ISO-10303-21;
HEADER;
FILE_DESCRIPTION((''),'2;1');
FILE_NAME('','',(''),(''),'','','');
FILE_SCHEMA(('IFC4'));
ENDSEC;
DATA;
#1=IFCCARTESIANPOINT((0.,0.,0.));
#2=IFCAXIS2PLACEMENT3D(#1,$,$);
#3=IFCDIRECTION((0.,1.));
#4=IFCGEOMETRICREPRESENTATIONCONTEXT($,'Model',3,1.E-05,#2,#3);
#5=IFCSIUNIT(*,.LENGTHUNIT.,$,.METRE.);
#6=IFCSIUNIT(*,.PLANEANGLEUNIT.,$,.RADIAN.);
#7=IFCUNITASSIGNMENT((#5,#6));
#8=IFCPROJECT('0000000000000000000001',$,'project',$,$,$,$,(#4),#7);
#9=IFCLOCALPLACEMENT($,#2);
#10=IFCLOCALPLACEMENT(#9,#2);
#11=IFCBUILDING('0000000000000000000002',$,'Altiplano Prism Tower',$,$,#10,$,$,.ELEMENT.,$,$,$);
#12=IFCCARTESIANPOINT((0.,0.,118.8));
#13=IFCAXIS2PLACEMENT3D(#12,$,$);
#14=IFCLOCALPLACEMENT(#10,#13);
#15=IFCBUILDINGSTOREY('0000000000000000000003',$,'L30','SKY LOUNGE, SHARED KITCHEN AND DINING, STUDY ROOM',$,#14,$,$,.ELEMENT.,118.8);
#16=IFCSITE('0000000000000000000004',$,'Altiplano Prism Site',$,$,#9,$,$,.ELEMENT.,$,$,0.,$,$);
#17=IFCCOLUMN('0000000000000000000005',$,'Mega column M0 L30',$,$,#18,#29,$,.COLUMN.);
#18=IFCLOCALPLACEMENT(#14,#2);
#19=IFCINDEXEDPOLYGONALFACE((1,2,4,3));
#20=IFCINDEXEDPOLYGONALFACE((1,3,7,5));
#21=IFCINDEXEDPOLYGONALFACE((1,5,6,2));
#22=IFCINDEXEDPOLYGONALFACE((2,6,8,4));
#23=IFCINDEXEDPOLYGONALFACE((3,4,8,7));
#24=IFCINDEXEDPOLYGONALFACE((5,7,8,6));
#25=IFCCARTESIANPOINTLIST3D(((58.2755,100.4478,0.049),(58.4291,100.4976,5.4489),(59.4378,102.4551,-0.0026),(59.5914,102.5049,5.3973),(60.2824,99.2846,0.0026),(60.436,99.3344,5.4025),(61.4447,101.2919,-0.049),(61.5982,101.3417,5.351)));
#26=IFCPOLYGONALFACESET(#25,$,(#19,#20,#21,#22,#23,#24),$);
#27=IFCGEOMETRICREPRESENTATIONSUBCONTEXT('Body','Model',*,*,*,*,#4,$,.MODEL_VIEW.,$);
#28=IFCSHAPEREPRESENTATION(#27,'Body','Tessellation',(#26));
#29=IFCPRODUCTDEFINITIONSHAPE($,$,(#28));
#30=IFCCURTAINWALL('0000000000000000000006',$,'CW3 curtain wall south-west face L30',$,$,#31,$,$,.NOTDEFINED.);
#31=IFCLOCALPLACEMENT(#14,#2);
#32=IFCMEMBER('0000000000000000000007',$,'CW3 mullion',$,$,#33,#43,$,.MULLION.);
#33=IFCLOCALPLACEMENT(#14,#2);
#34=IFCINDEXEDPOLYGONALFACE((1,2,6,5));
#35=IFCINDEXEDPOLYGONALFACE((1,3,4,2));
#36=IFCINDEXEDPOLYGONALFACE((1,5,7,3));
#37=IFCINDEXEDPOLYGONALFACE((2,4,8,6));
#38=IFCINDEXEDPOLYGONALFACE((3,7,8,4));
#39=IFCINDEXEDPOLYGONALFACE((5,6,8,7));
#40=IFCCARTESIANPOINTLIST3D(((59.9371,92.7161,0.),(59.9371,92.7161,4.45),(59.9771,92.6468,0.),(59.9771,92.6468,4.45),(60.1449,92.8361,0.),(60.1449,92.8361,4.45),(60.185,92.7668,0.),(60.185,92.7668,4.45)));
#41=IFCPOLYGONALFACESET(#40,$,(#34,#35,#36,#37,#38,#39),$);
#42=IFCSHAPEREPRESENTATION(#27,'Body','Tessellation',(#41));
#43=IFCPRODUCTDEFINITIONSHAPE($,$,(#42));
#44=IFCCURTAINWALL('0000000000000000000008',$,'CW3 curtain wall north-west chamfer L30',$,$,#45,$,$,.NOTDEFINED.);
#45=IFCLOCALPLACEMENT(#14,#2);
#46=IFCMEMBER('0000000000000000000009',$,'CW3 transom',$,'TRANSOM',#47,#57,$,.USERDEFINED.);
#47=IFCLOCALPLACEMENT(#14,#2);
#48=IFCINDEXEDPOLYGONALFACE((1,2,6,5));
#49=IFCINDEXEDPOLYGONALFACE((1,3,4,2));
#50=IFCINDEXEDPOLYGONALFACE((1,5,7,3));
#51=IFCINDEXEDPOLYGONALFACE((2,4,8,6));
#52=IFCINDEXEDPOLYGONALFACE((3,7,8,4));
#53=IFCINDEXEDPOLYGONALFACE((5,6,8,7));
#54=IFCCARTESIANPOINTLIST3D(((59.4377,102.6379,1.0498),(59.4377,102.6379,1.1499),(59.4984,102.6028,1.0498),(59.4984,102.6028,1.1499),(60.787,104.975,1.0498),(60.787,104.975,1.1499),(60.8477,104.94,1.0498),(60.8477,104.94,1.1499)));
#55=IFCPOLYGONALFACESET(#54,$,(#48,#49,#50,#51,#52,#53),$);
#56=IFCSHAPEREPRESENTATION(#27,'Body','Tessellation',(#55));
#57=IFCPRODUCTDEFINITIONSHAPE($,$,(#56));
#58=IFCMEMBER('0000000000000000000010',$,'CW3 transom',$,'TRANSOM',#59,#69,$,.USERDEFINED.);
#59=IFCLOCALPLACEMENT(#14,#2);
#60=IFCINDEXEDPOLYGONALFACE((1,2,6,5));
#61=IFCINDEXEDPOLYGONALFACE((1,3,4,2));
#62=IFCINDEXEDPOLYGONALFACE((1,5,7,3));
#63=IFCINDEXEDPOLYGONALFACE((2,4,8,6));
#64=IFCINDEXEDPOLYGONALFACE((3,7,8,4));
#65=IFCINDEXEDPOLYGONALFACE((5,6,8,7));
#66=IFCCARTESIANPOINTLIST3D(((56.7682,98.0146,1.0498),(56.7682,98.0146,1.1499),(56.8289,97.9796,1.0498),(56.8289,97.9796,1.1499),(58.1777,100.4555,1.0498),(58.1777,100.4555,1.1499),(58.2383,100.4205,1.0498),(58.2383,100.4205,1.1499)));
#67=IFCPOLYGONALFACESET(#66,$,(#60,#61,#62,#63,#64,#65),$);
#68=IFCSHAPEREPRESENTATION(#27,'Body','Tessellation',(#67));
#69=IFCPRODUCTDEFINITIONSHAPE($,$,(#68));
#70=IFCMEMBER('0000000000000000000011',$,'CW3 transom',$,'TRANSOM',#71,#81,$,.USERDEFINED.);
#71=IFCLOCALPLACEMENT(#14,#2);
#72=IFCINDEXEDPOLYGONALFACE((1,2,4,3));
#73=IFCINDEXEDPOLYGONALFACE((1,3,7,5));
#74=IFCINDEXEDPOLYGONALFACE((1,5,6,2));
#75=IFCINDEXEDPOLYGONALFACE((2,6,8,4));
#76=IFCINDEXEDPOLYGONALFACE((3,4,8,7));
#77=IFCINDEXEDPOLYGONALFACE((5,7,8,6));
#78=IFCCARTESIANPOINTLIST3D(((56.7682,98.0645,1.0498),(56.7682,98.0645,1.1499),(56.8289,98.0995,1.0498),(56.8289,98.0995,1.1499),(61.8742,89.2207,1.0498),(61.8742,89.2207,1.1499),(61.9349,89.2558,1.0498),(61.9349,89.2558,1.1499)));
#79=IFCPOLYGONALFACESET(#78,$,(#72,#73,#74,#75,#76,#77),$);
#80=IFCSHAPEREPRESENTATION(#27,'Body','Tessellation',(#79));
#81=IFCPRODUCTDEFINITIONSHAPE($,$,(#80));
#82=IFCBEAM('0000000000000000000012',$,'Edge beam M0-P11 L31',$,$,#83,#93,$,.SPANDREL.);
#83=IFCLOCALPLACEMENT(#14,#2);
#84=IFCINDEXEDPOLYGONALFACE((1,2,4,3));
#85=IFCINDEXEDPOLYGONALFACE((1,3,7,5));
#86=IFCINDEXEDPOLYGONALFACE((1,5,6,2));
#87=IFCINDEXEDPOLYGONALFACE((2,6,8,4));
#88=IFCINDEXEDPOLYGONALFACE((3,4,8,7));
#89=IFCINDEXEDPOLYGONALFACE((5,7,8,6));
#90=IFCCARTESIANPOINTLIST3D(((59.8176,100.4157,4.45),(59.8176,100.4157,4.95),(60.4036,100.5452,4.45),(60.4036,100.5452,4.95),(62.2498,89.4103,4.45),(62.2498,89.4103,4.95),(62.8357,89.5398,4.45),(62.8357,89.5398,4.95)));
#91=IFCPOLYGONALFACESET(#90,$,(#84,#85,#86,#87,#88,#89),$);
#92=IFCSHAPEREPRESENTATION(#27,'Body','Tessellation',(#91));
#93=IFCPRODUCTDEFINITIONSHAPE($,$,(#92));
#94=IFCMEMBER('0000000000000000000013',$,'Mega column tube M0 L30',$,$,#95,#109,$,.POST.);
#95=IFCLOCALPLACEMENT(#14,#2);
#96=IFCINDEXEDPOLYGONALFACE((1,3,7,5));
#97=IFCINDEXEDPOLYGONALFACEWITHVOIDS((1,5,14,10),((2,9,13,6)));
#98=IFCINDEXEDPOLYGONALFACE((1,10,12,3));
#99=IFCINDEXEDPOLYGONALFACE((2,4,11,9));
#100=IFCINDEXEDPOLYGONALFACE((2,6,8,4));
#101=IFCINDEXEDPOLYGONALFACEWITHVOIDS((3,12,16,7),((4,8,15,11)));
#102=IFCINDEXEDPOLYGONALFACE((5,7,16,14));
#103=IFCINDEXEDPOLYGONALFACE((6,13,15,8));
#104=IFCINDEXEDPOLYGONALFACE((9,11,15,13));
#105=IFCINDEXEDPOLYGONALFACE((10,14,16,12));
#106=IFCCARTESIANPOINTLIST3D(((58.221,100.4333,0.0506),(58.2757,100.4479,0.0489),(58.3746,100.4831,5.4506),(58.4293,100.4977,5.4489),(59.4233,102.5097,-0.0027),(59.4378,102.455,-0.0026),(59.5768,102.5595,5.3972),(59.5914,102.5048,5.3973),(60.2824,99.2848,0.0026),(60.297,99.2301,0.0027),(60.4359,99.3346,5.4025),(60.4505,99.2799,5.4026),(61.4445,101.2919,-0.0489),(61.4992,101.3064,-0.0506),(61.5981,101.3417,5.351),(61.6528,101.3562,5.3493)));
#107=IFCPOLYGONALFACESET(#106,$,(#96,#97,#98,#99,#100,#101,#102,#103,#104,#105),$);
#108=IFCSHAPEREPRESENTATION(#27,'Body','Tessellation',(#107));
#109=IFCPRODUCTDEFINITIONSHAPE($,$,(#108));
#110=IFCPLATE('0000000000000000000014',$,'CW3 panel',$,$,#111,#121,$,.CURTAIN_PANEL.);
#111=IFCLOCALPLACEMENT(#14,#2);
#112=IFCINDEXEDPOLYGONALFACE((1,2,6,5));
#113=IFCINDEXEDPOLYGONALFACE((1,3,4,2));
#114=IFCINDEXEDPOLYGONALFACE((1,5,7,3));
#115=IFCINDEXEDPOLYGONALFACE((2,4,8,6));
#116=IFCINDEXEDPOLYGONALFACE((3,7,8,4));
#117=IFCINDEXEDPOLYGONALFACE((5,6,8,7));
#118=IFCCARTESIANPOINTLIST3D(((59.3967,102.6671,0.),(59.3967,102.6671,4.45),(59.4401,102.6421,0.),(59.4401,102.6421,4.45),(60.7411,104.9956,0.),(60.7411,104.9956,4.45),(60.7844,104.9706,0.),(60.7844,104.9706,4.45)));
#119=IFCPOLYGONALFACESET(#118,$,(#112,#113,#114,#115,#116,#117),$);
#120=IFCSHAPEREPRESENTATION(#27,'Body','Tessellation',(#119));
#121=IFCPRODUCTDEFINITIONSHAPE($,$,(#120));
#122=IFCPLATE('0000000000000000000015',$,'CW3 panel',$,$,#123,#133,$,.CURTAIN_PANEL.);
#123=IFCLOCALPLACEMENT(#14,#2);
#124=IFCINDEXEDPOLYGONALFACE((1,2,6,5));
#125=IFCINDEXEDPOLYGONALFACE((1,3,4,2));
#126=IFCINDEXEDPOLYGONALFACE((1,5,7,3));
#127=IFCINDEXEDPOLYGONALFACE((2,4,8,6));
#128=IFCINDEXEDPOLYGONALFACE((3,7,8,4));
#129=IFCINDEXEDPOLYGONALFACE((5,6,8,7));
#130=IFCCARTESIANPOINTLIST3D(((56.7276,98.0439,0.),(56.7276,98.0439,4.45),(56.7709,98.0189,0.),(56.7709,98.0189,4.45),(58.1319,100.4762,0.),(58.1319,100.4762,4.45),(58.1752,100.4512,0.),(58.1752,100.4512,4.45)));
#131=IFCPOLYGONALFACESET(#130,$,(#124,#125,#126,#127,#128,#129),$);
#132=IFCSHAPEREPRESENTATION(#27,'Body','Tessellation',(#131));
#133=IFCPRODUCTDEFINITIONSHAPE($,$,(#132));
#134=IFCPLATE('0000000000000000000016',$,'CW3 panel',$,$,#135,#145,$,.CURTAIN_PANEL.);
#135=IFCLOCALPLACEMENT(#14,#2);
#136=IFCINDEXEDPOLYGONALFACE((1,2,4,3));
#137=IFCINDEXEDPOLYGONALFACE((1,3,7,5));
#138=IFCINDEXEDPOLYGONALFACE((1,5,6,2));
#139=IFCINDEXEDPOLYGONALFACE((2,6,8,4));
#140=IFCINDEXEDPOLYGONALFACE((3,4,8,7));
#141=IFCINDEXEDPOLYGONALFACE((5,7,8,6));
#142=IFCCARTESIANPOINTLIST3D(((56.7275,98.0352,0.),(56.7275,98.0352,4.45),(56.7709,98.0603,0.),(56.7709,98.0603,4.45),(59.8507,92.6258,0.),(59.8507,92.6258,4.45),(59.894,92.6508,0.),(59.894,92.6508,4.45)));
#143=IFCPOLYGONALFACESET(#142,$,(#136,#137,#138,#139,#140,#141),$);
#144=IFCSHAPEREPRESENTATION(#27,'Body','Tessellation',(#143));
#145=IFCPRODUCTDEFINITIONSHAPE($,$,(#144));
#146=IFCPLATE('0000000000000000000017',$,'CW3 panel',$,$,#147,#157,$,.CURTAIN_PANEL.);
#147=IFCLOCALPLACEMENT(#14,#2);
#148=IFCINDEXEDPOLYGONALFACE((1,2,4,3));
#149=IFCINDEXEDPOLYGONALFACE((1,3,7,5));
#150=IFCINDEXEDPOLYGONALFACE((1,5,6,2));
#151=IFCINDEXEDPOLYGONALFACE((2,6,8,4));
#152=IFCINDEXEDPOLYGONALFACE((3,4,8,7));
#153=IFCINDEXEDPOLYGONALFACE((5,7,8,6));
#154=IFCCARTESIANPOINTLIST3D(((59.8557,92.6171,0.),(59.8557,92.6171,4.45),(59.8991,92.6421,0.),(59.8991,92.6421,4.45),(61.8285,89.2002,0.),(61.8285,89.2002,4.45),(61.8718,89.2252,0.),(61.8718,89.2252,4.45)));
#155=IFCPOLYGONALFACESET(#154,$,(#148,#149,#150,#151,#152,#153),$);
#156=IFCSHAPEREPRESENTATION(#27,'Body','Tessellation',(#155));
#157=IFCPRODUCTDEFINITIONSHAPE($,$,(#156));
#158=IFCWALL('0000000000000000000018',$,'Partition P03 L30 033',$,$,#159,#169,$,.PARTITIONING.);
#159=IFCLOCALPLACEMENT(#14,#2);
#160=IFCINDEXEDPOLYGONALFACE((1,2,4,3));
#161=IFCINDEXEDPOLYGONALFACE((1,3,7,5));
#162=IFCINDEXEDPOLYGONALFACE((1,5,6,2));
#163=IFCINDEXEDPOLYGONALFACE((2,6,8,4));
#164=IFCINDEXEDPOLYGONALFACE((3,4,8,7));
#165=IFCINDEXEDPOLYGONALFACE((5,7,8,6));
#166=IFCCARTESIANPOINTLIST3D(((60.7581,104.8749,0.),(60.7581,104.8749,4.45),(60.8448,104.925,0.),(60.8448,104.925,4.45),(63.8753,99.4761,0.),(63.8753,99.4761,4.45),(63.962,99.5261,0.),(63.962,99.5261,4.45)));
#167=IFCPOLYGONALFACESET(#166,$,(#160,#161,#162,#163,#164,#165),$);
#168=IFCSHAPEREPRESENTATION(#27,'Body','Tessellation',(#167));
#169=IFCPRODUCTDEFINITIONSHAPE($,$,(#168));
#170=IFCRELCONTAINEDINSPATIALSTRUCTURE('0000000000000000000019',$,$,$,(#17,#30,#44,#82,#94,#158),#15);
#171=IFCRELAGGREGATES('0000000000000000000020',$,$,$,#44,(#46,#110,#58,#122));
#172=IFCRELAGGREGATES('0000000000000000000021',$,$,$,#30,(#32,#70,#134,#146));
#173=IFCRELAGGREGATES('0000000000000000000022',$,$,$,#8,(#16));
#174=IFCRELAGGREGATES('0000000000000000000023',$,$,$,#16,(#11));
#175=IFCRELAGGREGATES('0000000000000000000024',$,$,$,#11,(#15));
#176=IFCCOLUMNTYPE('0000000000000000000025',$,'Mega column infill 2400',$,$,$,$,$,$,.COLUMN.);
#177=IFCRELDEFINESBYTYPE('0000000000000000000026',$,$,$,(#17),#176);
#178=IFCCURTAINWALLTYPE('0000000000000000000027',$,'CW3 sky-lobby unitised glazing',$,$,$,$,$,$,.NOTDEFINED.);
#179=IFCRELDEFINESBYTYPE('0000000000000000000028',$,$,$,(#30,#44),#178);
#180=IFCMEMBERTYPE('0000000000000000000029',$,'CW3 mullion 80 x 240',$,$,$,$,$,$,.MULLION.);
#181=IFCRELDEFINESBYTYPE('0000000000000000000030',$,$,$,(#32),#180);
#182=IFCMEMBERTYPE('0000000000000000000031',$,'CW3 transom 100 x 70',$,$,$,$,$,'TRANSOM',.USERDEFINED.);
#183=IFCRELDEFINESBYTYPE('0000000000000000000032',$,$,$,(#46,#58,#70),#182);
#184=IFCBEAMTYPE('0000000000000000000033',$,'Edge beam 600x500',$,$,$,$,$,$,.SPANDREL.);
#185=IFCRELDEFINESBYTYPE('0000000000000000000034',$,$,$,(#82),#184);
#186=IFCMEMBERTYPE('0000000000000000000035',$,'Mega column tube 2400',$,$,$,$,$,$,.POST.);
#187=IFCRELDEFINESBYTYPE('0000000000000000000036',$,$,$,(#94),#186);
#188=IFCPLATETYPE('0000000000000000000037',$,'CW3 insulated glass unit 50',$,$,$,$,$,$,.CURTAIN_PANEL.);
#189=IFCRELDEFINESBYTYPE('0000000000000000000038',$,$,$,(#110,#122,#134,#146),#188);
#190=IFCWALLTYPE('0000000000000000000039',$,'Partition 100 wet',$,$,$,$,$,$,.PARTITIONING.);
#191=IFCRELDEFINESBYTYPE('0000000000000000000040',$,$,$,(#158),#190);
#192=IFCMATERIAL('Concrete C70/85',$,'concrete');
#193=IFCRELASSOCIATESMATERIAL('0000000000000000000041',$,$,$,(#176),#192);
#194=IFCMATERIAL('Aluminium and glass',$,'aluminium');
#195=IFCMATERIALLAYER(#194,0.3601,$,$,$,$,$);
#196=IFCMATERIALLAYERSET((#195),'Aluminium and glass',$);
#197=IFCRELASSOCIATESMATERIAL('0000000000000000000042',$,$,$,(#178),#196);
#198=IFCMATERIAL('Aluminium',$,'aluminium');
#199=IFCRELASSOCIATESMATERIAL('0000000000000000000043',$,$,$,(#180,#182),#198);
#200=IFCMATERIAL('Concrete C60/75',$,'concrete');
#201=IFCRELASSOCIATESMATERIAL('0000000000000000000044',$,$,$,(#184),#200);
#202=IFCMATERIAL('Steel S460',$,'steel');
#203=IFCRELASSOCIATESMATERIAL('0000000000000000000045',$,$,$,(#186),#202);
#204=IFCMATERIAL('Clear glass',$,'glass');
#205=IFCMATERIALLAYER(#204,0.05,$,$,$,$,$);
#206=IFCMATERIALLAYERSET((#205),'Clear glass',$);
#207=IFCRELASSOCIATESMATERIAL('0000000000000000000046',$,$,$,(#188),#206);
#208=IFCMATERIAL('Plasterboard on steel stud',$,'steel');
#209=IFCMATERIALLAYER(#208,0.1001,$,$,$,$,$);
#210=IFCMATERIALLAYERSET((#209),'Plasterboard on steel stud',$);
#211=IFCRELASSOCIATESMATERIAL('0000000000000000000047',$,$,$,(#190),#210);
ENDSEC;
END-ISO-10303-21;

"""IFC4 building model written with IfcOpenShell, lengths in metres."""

from ifc_helpers import new_model, si_unit, direction, frame, frame_2d, origin, origin_2d, place, context, subcontext, project, spatial, rectangle, hollow_rectangle, extrude, material, layer, layer_set, material_profile, profile_set, type_object, element, aggregate, save


model = new_model("IFC4")

# Units and contexts
model_context = context("Model", 3, precision=1e-05, world=origin(), true_north=direction((0.0, 1.0)))
body_context = subcontext(model_context, "Body", "Model", "MODEL_VIEW")
ifc_project = project(units=[si_unit("LENGTHUNIT", "METRE"), si_unit("PLANEANGLEUNIT", "RADIAN")], contexts=[model_context])

# Site, building, storey
site_placement = place(None, origin())
site = spatial("IfcSite", under=ifc_project, at=site_placement, Name="Altiplano Prism Site", CompositionType="ELEMENT", RefElevation=0.0)
building_placement = place(site_placement, origin())
building = spatial("IfcBuilding", under=site, at=building_placement, Name="Altiplano Prism Tower", CompositionType="ELEMENT")
storey_placement = place(building_placement, frame((0.0, 0.0, 118.8)))
storey = spatial("IfcBuildingStorey", under=building, at=storey_placement, Name="L30", Description="SKY LOUNGE, SHARED KITCHEN AND DINING, STUDY ROOM", CompositionType="ELEMENT", Elevation=118.8)

# Column
ifc_material_1 = material(Name="Concrete C70/85", Category="concrete")
ifc_material_profile_1 = material_profile(ifc_material_1, rectangle(XDim=2.3201, YDim=2.3201, at=origin_2d()), Name="Mega column infill 2400")
ifc_profile_set_1 = profile_set([ifc_material_profile_1], Name="Concrete C70/85")
column_type = type_object("IfcColumnType", Name="Mega column infill 2400", PredefinedType="COLUMN", material=ifc_profile_set_1)
column_placement = place(storey_placement, frame((59.8601, 100.8699, 0.0), z_axis=(0.028426, 0.009219, 0.999553), x_axis=(-0.865006, 0.501364, 0.019975)))
element("IfcColumn", 1, at=column_placement, inside=storey, type_object=column_type, Name="Mega column M0 L30", PredefinedType="COLUMN", context=body_context, shape_type="SweptSolid", body=[
    extrude(rectangle(XDim=2.3201, YDim=2.3201, at=origin_2d()), origin(), (0.0, 0.0, 1.0), 5.4023),
])

# Curtain wall, member
ifc_material_2 = material(Name="Aluminium and glass", Category="aluminium")
ifc_layer_1 = layer(ifc_material_2, 0.3601)
ifc_layer_set_1 = layer_set([ifc_layer_1], Name="Aluminium and glass")
curtain_wall_type = type_object("IfcCurtainWallType", Name="CW3 sky-lobby unitised glazing", PredefinedType="NOTDEFINED", material=ifc_layer_set_1)
curtain_wall_1_placement = place(storey_placement, origin())
curtain_wall_1 = element("IfcCurtainWall", 2, at=curtain_wall_1_placement, inside=storey, type_object=curtain_wall_type, Name="CW3 curtain wall south-west face L30", PredefinedType="NOTDEFINED")
ifc_material_3 = material(Name="Aluminium", Category="aluminium")
ifc_material_profile_2 = material_profile(ifc_material_3, rectangle(XDim=0.24, YDim=0.0801, at=origin_2d()), Name="CW3 mullion 80 x 240")
ifc_profile_set_2 = profile_set([ifc_material_profile_2], Name="Aluminium")
member_type_1 = type_object("IfcMemberType", Name="CW3 mullion 80 x 240", PredefinedType="MULLION", material=ifc_profile_set_2)
member_1_placement = place(storey_placement, frame((60.061, 92.7415, 0.0), z_axis=(0.0, 0.0, 1.0), x_axis=(0.866025, 0.5, 0.0)))
member_1 = element("IfcMember", 3, at=member_1_placement, type_object=member_type_1, Name="CW3 mullion", PredefinedType="MULLION", context=body_context, shape_type="SweptSolid", body=[
    extrude(rectangle(XDim=0.24, YDim=0.0801, at=origin_2d()), origin(), (0.0, 0.0, 1.0), 4.45),
])

# Curtain wall, members
curtain_wall_2_placement = place(storey_placement, origin())
curtain_wall_2 = element("IfcCurtainWall", 4, at=curtain_wall_2_placement, inside=storey, type_object=curtain_wall_type, Name="CW3 curtain wall north-west chamfer L30", PredefinedType="NOTDEFINED")
ifc_material_profile_3 = material_profile(ifc_material_3, rectangle(XDim=0.0701, YDim=0.1001, at=origin_2d()), Name="CW3 transom 100 x 70")
ifc_profile_set_3 = profile_set([ifc_material_profile_3], Name="Aluminium")
member_type_2 = type_object("IfcMemberType", Name="CW3 transom 100 x 70", ElementType="TRANSOM", PredefinedType="USERDEFINED", material=ifc_profile_set_3)
member_2_placement = place(storey_placement, frame((60.8174, 104.9575, 1.0999), z_axis=(-0.500002, -0.866024, 0.0), x_axis=(0.866024, -0.500002, 0.0)))
member_2 = element("IfcMember", 5, at=member_2_placement, type_object=member_type_2, Name="CW3 transom", ObjectType="TRANSOM", PredefinedType="USERDEFINED", context=body_context, shape_type="SweptSolid", body=[
    extrude(rectangle(XDim=0.0701, YDim=0.1001, at=origin_2d()), origin(), (0.0, 0.0, 1.0), 2.6987),
])
member_3_placement = place(storey_placement, frame((58.208, 100.438, 1.0999), z_axis=(-0.500042, -0.866001, 0.0), x_axis=(0.866001, -0.500042, 0.0)))
member_3 = element("IfcMember", 6, at=member_3_placement, type_object=member_type_2, Name="CW3 transom", ObjectType="TRANSOM", PredefinedType="USERDEFINED", context=body_context, shape_type="SweptSolid", body=[
    extrude(rectangle(XDim=0.0701, YDim=0.1001, at=origin_2d()), origin(), (0.0, 0.0, 1.0), 2.8186),
])

# Member
member_4_placement = place(storey_placement, frame((56.7986, 98.082, 1.0999), z_axis=(0.500001, -0.866025, 0.0), x_axis=(0.866025, 0.500001, 0.0)))
member_4 = element("IfcMember", 7, at=member_4_placement, type_object=member_type_2, Name="CW3 transom", ObjectType="TRANSOM", PredefinedType="USERDEFINED", context=body_context, shape_type="SweptSolid", body=[
    extrude(rectangle(XDim=0.0701, YDim=0.1001, at=origin_2d()), origin(), (0.0, 0.0, 1.0), 10.2119),
])

# Beam
ifc_material_4 = material(Name="Concrete C60/75", Category="concrete")
ifc_material_profile_4 = material_profile(ifc_material_4, rectangle(XDim=0.6001, YDim=0.5, at=origin_2d()), Name="Edge beam 600x500")
ifc_profile_set_4 = profile_set([ifc_material_profile_4], Name="Concrete C60/75")
beam_type = type_object("IfcBeamType", Name="Edge beam 600x500", PredefinedType="SPANDREL", material=ifc_profile_set_4)
beam_placement = place(storey_placement, frame((60.1106, 100.4805, 4.7), z_axis=(0.215788, -0.97644, 0.0), x_axis=(0.97644, 0.215788, 0.0)))
element("IfcBeam", 8, at=beam_placement, inside=storey, type_object=beam_type, Name="Edge beam M0-P11 L31", PredefinedType="SPANDREL", context=body_context, shape_type="SweptSolid", body=[
    extrude(rectangle(XDim=0.6001, YDim=0.5, at=origin_2d()), origin(), (0.0, 0.0, 1.0), 11.271),
])

# Member
ifc_material_5 = material(Name="Steel S460", Category="steel")
ifc_material_profile_5 = material_profile(ifc_material_5, hollow_rectangle(XDim=2.3999, YDim=2.3999, WallThickness=0.04, at=origin_2d()), Name="Mega column tube 2400")
ifc_profile_set_5 = profile_set([ifc_material_profile_5], Name="Steel S460")
member_type_3 = type_object("IfcMemberType", Name="Mega column tube 2400", PredefinedType="POST", material=ifc_profile_set_5)
member_5_placement = place(storey_placement, frame((59.8601, 100.8699, 0.0), z_axis=(0.028426, 0.009219, 0.999553), x_axis=(-0.865006, 0.501364, 0.019975)))
element("IfcMember", 9, at=member_5_placement, inside=storey, type_object=member_type_3, Name="Mega column tube M0 L30", PredefinedType="POST", context=body_context, shape_type="SweptSolid", body=[
    extrude(hollow_rectangle(XDim=2.3999, YDim=2.3999, WallThickness=0.04, at=origin_2d()), origin(), (0.0, 0.0, 1.0), 5.4023),
])

# Plates
ifc_material_6 = material(Name="Clear glass", Category="glass")
ifc_layer_2 = layer(ifc_material_6, 0.05)
ifc_layer_set_2 = layer_set([ifc_layer_2], Name="Clear glass")
plate_type = type_object("IfcPlateType", Name="CW3 insulated glass unit 50", PredefinedType="CURTAIN_PANEL", material=ifc_layer_set_2)
plate_1_placement = place(storey_placement, frame((60.0906, 103.8188, 0.0), z_axis=(0.0, 0.0, 1.0), x_axis=(-0.5, -0.866025, 0.0)))
plate_1 = element("IfcPlate", 10, at=plate_1_placement, type_object=plate_type, Name="CW3 panel", PredefinedType="CURTAIN_PANEL", context=body_context, shape_type="SweptSolid", body=[
    extrude(rectangle(XDim=2.6887, YDim=0.05, at=origin_2d()), origin(), (0.0, 0.0, 1.0), 4.45),
])
plate_2_placement = place(storey_placement, frame((57.4514, 99.2476, 0.0), z_axis=(0.0, 0.0, 1.0), x_axis=(-0.5, -0.866025, 0.0)))
plate_2 = element("IfcPlate", 11, at=plate_2_placement, type_object=plate_type, Name="CW3 panel", PredefinedType="CURTAIN_PANEL", context=body_context, shape_type="SweptSolid", body=[
    extrude(rectangle(XDim=2.8086, YDim=0.05, at=origin_2d()), origin(), (0.0, 0.0, 1.0), 4.45),
])
aggregate(curtain_wall_2, [member_2, plate_1, member_3, plate_2])
plate_3_placement = place(storey_placement, frame((58.3108, 95.343, 0.0), z_axis=(0.0, 0.0, 1.0), x_axis=(0.5, -0.866025, 0.0)))
plate_3 = element("IfcPlate", 12, at=plate_3_placement, type_object=plate_type, Name="CW3 panel", PredefinedType="CURTAIN_PANEL", context=body_context, shape_type="SweptSolid", body=[
    extrude(rectangle(XDim=6.2463, YDim=0.05, at=origin_2d()), origin(), (0.0, 0.0, 1.0), 4.45),
])
plate_4_placement = place(storey_placement, frame((60.8638, 90.9211, 0.0), z_axis=(0.0, 0.0, 1.0), x_axis=(0.5, -0.866025, 0.0)))
plate_4 = element("IfcPlate", 13, at=plate_4_placement, type_object=plate_type, Name="CW3 panel", PredefinedType="CURTAIN_PANEL", context=body_context, shape_type="SweptSolid", body=[
    extrude(rectangle(XDim=3.9456, YDim=0.05, at=origin_2d()), origin(), (0.0, 0.0, 1.0), 4.45),
])
aggregate(curtain_wall_1, [member_1, member_4, plate_3, plate_4])

# Wall
ifc_material_7 = material(Name="Plasterboard on steel stud", Category="steel")
ifc_layer_3 = layer(ifc_material_7, 0.1001)
ifc_layer_set_3 = layer_set([ifc_layer_3], Name="Plasterboard on steel stud")
wall_type_1 = type_object("IfcWallType", Name="Partition 100 wet", PredefinedType="PARTITIONING", material=ifc_layer_set_3)
wall_1_placement = place(storey_placement, frame((63.9187, 99.501, 0.0), z_axis=(0.0, 0.0, 1.0), x_axis=(-0.500014, 0.866017, 0.0)))
element("IfcWall", 14, at=wall_1_placement, inside=storey, type_object=wall_type_1, Name="Partition P03 L30 033", PredefinedType="PARTITIONING", context=body_context, shape_type="SweptSolid", body=[
    extrude(rectangle(XDim=6.2341, YDim=0.1001, at=frame_2d((3.1172, 0.0))), origin(), (0.0, 0.0, 1.0), 4.45),
])

save(model, "model.ifc")
